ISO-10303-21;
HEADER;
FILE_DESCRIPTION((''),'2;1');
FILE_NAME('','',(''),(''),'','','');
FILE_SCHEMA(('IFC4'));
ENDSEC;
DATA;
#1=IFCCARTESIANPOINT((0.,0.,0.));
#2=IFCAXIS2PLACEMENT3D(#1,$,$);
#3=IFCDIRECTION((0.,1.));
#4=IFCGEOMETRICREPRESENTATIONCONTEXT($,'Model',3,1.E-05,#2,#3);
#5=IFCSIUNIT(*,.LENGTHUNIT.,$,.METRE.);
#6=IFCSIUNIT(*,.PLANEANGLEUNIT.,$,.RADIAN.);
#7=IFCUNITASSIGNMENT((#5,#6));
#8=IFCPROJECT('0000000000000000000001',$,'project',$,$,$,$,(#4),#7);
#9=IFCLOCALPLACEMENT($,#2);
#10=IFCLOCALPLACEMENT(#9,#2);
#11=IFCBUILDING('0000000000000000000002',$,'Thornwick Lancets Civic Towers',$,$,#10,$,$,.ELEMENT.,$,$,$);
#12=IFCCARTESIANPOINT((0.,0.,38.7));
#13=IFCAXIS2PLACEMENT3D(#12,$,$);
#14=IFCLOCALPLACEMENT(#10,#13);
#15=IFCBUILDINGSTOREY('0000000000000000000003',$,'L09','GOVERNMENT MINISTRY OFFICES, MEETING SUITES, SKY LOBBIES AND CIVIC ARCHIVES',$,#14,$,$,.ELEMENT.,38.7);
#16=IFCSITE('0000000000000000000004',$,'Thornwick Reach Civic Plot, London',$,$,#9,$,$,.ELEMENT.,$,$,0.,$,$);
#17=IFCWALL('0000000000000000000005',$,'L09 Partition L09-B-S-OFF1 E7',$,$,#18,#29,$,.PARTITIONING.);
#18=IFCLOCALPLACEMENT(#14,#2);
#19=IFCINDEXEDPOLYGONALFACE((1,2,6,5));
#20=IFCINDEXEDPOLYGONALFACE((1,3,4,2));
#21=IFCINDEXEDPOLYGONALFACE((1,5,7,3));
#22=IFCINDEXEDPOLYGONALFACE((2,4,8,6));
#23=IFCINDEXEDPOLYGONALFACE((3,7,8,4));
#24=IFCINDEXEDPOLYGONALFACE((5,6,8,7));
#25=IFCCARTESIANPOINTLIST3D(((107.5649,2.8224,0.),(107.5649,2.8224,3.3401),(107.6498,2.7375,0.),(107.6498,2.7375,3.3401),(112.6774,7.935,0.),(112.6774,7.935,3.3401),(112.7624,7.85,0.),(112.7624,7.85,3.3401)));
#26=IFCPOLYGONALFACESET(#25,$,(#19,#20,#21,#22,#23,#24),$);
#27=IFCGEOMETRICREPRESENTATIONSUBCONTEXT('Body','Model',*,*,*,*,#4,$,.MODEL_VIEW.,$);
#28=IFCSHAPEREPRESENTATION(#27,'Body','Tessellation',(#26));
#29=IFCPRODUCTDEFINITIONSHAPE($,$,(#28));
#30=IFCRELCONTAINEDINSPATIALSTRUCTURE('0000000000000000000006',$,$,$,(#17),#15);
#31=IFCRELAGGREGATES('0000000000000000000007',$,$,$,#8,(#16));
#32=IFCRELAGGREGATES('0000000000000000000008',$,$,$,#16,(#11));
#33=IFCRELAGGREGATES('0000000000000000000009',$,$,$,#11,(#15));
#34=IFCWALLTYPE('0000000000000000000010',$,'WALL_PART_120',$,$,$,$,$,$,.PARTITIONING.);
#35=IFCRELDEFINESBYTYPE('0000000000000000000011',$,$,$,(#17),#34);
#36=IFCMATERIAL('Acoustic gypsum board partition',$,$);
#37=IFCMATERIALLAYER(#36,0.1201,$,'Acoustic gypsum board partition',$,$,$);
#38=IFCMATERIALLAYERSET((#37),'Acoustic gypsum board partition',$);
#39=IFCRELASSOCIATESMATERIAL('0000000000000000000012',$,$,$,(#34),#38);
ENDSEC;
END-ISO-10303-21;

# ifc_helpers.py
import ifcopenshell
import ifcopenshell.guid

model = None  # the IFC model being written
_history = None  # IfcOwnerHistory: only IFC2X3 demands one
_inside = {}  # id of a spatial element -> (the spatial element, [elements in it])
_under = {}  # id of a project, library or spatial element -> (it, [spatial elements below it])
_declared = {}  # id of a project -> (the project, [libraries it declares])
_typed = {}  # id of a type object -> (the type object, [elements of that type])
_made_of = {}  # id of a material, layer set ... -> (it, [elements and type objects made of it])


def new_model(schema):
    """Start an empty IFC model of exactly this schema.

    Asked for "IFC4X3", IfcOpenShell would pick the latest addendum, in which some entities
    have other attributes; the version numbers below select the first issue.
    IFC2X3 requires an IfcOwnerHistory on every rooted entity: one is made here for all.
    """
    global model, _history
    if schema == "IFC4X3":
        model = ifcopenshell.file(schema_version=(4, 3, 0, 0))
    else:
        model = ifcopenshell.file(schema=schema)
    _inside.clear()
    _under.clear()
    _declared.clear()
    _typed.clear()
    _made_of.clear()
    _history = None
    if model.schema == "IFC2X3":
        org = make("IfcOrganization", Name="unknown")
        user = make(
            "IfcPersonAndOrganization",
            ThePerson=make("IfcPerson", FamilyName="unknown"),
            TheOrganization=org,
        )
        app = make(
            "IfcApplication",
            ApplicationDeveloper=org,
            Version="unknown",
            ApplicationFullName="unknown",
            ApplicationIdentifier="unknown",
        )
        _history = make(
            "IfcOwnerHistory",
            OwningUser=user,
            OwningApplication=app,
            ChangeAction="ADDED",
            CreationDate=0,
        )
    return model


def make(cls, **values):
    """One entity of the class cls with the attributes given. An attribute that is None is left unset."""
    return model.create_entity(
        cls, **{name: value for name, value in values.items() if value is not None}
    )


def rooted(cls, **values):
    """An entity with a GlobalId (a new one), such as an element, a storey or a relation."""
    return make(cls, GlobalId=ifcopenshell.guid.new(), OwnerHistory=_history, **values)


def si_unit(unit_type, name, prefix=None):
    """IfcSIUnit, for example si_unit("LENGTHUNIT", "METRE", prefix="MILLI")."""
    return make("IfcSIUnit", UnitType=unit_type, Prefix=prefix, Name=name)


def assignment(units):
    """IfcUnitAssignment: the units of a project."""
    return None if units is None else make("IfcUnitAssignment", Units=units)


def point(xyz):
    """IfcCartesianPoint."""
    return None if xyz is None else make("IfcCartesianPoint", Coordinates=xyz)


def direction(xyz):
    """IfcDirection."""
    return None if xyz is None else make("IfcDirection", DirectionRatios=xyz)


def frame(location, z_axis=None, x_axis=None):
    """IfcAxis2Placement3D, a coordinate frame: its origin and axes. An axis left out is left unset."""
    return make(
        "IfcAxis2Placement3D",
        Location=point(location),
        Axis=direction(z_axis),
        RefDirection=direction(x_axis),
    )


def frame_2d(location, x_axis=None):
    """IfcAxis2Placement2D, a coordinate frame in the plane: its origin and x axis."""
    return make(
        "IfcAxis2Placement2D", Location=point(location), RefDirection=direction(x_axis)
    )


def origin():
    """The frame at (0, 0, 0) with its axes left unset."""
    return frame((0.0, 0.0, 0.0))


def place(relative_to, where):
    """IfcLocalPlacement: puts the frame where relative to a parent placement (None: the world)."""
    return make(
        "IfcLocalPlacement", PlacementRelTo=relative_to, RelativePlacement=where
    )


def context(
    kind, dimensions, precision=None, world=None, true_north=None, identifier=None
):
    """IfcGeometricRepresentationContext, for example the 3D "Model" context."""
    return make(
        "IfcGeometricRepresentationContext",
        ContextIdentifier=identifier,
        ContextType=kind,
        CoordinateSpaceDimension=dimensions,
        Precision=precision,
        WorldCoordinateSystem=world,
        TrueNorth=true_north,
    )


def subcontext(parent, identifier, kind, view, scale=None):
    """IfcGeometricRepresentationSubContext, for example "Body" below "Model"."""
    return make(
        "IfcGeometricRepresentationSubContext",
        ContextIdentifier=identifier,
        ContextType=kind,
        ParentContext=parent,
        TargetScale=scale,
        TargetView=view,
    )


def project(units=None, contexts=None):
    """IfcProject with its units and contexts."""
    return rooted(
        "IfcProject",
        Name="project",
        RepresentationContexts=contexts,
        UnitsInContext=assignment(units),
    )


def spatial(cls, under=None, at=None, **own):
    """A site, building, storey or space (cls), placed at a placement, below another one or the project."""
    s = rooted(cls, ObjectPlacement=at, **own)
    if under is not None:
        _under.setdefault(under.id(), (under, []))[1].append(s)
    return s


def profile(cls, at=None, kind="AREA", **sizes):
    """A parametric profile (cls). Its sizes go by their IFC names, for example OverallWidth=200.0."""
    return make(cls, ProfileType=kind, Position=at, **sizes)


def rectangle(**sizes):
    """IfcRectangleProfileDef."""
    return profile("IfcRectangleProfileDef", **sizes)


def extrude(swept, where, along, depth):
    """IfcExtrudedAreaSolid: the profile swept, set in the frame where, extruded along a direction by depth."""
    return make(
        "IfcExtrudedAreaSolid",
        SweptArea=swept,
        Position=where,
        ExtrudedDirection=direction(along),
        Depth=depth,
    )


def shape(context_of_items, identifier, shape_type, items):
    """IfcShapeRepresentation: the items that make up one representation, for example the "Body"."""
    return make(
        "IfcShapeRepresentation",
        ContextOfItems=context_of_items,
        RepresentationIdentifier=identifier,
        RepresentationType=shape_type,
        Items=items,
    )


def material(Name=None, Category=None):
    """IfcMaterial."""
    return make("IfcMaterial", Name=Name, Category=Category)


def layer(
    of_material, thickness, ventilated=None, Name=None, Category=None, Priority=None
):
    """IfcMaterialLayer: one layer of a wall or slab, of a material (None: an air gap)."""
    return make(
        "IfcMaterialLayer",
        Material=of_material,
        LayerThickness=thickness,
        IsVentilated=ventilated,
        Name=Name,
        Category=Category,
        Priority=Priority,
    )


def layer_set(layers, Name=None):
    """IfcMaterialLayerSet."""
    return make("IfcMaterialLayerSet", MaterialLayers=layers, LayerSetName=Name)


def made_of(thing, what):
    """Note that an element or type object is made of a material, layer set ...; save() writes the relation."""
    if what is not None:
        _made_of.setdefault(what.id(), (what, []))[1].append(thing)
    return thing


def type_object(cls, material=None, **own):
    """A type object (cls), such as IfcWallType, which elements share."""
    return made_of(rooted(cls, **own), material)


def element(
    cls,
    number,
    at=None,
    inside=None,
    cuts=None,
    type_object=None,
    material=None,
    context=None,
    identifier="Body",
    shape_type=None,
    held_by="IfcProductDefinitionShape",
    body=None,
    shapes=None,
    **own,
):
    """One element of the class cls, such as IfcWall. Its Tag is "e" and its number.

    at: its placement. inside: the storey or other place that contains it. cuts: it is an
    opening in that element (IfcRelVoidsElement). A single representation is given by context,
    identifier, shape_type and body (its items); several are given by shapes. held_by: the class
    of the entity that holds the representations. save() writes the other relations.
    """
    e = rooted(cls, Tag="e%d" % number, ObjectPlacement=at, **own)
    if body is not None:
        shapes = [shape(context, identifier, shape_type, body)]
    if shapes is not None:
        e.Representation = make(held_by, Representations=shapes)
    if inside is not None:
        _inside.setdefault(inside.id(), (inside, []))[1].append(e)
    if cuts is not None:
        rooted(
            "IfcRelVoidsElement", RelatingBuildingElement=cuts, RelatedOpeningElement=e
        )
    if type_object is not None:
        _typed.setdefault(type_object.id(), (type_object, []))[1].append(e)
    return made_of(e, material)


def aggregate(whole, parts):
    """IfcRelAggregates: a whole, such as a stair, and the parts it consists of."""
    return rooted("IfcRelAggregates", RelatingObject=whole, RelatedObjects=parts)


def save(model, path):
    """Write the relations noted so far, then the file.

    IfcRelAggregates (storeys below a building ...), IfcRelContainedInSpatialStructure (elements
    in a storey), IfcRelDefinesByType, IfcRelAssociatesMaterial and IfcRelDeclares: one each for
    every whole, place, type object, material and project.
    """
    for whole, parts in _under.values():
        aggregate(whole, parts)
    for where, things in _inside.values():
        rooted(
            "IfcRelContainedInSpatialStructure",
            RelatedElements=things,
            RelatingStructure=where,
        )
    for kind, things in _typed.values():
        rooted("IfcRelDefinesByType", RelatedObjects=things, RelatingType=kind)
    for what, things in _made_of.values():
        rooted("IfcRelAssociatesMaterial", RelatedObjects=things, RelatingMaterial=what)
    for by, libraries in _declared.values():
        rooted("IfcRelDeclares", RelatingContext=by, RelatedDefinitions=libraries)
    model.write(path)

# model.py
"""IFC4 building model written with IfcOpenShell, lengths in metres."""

from ifc_helpers import new_model, si_unit, direction, frame, frame_2d, origin, place, context, subcontext, project, spatial, rectangle, extrude, material, layer, layer_set, type_object, element, save


model = new_model("IFC4")

# Units and contexts
model_context = context("Model", 3, precision=1e-05, world=origin(), true_north=direction((0.0, 1.0)))
body_context = subcontext(model_context, "Body", "Model", "MODEL_VIEW")
ifc_project = project(units=[si_unit("LENGTHUNIT", "METRE"), si_unit("PLANEANGLEUNIT", "RADIAN")], contexts=[model_context])

# Site, building, storey
site_placement = place(None, origin())
site = spatial("IfcSite", under=ifc_project, at=site_placement, Name="Thornwick Reach Civic Plot, London", CompositionType="ELEMENT", RefElevation=0.0)
building_placement = place(site_placement, origin())
building = spatial("IfcBuilding", under=site, at=building_placement, Name="Thornwick Lancets Civic Towers", CompositionType="ELEMENT")
storey_placement = place(building_placement, frame((0.0, 0.0, 38.7)))
storey = spatial("IfcBuildingStorey", under=building, at=storey_placement, Name="L09", Description="GOVERNMENT MINISTRY OFFICES, MEETING SUITES, SKY LOBBIES AND CIVIC ARCHIVES", CompositionType="ELEMENT", Elevation=38.7)

# Wall
ifc_material_1 = material(Name="Acoustic gypsum board partition")
ifc_layer_1 = layer(ifc_material_1, 0.1201, Name="Acoustic gypsum board partition")
ifc_layer_set_1 = layer_set([ifc_layer_1], Name="Acoustic gypsum board partition")
wall_type_1 = type_object("IfcWallType", Name="WALL_PART_120", PredefinedType="PARTITIONING", material=ifc_layer_set_1)
wall_1_placement = place(storey_placement, frame((112.72, 7.8926, 0.0), z_axis=(0.0, 0.0, 1.0), x_axis=(-0.707107, -0.707107, 0.0)))
element("IfcWall", 1, at=wall_1_placement, inside=storey, type_object=wall_type_1, Name="L09 Partition L09-B-S-OFF1 E7", PredefinedType="PARTITIONING", context=body_context, shape_type="SweptSolid", body=[
    extrude(rectangle(XDim=7.2302, YDim=0.1201, at=frame_2d((3.6152, 0.0))), origin(), (0.0, 0.0, 1.0), 3.3401),
])

save(model, "model.ifc")
